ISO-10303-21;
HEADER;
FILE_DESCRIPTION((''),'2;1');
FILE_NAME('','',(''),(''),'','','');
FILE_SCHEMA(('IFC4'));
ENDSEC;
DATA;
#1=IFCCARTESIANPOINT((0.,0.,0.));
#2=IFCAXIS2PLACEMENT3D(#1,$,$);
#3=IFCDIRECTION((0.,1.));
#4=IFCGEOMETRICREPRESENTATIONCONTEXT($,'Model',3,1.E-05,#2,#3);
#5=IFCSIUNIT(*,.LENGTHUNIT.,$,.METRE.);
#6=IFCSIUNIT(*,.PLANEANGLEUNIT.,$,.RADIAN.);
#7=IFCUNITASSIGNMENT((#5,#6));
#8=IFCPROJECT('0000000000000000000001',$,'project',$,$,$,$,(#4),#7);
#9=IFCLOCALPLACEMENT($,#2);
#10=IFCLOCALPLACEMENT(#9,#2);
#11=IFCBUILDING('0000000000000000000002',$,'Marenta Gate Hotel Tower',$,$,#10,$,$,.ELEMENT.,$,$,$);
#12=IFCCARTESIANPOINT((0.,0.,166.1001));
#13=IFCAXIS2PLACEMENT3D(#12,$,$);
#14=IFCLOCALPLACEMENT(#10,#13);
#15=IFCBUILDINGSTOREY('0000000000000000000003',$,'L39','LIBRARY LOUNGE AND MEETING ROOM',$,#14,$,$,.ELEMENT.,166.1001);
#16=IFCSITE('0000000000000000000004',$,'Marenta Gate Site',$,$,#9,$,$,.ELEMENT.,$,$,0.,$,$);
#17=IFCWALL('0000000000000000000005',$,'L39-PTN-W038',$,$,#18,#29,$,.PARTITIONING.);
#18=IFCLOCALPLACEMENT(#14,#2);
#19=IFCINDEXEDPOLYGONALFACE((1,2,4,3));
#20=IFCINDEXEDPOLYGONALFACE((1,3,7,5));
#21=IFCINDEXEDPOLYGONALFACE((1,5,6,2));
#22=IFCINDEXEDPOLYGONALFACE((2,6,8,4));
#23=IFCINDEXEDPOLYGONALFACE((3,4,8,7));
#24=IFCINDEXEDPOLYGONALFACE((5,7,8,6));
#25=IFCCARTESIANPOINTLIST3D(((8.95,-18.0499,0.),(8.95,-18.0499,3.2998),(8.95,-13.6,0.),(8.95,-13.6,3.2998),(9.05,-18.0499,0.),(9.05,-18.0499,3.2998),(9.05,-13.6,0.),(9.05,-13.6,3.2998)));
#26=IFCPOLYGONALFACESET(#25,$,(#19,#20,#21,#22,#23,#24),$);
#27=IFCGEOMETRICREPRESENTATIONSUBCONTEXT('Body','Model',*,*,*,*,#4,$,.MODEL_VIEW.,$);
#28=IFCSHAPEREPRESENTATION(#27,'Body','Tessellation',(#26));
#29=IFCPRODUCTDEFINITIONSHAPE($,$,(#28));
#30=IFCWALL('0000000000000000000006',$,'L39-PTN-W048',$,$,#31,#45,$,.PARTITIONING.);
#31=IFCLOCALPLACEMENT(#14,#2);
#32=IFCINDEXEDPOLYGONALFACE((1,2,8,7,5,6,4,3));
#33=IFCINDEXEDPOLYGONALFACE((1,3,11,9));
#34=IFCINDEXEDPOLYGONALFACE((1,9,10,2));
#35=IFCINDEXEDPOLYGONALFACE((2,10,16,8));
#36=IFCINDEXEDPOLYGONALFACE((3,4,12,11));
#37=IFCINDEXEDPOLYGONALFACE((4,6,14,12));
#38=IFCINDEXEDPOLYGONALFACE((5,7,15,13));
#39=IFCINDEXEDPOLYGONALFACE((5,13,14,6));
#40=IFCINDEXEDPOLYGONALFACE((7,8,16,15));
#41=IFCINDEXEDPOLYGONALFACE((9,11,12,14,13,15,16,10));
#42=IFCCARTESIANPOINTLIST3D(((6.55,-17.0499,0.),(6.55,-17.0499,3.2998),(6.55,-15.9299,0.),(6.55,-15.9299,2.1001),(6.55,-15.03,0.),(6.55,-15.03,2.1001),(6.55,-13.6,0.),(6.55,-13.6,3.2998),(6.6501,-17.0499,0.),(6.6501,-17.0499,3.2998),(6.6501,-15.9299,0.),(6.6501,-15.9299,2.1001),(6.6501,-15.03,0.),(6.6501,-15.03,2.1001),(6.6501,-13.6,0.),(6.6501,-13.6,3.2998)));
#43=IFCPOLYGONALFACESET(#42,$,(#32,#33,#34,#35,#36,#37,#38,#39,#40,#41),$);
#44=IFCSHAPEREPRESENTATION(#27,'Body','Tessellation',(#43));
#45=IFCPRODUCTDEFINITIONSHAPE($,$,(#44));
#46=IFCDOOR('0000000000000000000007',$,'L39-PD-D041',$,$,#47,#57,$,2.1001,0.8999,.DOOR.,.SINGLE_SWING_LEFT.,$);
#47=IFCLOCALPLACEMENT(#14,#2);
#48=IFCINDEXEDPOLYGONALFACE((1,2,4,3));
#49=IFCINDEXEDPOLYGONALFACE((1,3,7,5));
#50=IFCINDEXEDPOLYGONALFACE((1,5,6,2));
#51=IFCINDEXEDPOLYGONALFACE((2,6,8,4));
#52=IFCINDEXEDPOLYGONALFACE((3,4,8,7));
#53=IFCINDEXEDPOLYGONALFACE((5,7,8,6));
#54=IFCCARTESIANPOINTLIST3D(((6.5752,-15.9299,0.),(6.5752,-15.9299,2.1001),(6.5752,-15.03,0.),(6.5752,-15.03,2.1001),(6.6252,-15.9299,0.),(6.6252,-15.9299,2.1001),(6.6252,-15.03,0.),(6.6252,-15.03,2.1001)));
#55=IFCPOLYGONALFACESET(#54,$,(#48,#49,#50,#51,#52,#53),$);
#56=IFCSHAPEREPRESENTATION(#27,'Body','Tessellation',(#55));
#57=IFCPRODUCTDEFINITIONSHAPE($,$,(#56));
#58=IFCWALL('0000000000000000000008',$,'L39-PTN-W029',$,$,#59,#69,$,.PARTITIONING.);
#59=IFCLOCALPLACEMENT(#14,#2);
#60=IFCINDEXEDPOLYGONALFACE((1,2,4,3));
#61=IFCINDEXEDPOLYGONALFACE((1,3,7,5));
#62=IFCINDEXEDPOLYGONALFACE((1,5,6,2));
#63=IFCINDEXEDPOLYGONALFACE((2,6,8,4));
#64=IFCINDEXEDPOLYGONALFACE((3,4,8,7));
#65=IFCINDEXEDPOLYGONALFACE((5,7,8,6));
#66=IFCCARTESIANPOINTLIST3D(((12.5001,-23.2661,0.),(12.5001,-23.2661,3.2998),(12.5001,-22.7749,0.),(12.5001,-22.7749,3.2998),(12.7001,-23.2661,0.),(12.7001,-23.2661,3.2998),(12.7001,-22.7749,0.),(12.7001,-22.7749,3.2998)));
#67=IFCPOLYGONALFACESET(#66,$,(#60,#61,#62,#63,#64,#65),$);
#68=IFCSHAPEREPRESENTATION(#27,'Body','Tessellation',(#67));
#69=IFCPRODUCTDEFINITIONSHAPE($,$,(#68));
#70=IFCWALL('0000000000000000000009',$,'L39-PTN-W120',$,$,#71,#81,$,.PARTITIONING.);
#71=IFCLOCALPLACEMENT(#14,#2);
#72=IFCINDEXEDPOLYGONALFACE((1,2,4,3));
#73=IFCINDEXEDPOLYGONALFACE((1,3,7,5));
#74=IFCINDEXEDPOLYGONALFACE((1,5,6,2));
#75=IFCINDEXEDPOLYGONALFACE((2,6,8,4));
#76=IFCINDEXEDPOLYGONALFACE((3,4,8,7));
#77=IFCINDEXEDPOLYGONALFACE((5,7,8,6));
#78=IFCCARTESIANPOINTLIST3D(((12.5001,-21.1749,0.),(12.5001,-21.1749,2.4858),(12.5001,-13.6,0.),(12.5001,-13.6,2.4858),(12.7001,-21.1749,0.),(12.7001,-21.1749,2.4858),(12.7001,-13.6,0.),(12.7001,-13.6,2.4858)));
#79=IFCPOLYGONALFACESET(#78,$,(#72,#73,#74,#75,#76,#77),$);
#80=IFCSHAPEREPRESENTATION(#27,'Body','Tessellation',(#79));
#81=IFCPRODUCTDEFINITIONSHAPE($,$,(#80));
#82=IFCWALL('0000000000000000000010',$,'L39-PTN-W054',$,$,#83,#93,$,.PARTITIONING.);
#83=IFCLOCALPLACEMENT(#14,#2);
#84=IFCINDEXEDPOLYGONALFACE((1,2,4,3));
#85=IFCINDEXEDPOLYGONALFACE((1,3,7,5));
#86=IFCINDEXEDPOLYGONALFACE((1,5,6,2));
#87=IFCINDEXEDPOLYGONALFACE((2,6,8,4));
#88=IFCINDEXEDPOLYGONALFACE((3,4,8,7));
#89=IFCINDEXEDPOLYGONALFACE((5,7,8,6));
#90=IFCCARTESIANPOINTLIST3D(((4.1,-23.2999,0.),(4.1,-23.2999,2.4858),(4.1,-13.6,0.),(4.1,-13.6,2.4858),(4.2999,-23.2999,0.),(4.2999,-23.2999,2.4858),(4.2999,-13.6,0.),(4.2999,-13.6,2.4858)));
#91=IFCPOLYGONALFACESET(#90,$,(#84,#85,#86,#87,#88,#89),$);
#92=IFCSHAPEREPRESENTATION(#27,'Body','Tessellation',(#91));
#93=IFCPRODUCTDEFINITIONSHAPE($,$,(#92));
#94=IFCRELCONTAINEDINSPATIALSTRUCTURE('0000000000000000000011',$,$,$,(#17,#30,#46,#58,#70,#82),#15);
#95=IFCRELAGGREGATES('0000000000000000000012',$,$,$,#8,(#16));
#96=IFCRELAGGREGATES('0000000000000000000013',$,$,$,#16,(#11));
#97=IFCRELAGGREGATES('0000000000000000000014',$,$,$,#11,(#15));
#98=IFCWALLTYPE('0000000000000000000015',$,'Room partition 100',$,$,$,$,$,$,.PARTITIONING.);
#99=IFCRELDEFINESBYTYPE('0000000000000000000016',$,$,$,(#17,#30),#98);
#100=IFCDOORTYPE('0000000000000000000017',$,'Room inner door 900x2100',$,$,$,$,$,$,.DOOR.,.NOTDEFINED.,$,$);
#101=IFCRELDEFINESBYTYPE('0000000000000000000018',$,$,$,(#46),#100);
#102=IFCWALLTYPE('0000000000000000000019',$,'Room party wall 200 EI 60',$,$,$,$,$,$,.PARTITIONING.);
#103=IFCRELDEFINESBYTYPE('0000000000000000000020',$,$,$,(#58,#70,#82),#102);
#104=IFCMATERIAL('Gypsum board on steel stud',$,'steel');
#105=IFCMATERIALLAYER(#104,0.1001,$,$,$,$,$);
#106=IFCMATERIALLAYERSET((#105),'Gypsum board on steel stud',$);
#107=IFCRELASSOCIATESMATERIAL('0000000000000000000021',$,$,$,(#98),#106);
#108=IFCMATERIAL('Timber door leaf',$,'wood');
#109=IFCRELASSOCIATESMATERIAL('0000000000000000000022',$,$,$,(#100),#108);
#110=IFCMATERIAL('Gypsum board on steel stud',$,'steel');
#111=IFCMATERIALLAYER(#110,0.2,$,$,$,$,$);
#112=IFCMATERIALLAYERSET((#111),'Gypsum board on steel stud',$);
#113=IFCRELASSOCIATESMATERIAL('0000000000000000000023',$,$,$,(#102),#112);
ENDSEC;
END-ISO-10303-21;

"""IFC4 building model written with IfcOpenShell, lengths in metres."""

from ifc_helpers import new_model, si_unit, direction, frame, frame_2d, origin, place, context, subcontext, project, spatial, rectangle, extrude, material, layer, layer_set, type_object, element, fill, save


model = new_model("IFC4")

# Units and contexts
model_context = context("Model", 3, precision=1e-05, world=origin(), true_north=direction((0.0, 1.0)))
body_context = subcontext(model_context, "Body", "Model", "MODEL_VIEW")
ifc_project = project(units=[si_unit("LENGTHUNIT", "METRE"), si_unit("PLANEANGLEUNIT", "RADIAN")], contexts=[model_context])

# Site, building, storey
site_placement = place(None, origin())
site = spatial("IfcSite", under=ifc_project, at=site_placement, Name="Marenta Gate Site", CompositionType="ELEMENT", RefElevation=0.0)
building_placement = place(site_placement, origin())
building = spatial("IfcBuilding", under=site, at=building_placement, Name="Marenta Gate Hotel Tower", CompositionType="ELEMENT")
storey_placement = place(building_placement, frame((0.0, 0.0, 166.1001)))
storey = spatial("IfcBuildingStorey", under=building, at=storey_placement, Name="L39", Description="LIBRARY LOUNGE AND MEETING ROOM", CompositionType="ELEMENT", Elevation=166.1001)

# Shared definitions
ifc_material_1 = material(Name="Gypsum board on steel stud", Category="steel")
ifc_layer_1 = layer(ifc_material_1, 0.1001)
ifc_layer_set_1 = layer_set([ifc_layer_1], Name="Gypsum board on steel stud")
wall_type_1 = type_object("IfcWallType", Name="Room partition 100", PredefinedType="PARTITIONING", material=ifc_layer_set_1)

# Wall
wall_1_placement = place(storey_placement, frame((9.0, -18.05, 0.0), z_axis=(0.0, 0.0, 1.0), x_axis=(0.0, 1.0, 0.0)))
element("IfcWall", 1, at=wall_1_placement, inside=storey, type_object=wall_type_1, Name="L39-PTN-W038", PredefinedType="PARTITIONING", context=body_context, shape_type="SweptSolid", body=[
    extrude(rectangle(XDim=4.45, YDim=0.1001, at=frame_2d((2.2251, 0.0))), origin(), (0.0, 0.0, 1.0), 3.2998),
])

# Wall, opening, door
wall_2_placement = place(storey_placement, frame((6.6001, -17.05, 0.0), z_axis=(0.0, 0.0, 1.0), x_axis=(0.0, 1.0, 0.0)))
wall_2 = element("IfcWall", 2, at=wall_2_placement, inside=storey, type_object=wall_type_1, Name="L39-PTN-W048", PredefinedType="PARTITIONING", context=body_context, shape_type="SweptSolid", body=[
    extrude(rectangle(XDim=3.45, YDim=0.1001, at=frame_2d((1.7251, 0.0))), origin(), (0.0, 0.0, 1.0), 3.2998),
])
opening_1_placement = place(wall_2_placement, frame((1.1201, 0.0, 0.0)))
opening_1 = element("IfcOpeningElement", 3, at=opening_1_placement, cuts=wall_2, PredefinedType="OPENING", context=body_context, shape_type="SweptSolid", body=[
    extrude(rectangle(XDim=0.8999, YDim=2.1001, at=frame_2d((0.45, 1.05))), frame((0.0, 0.05, 0.0), z_axis=(0.0, -1.0, 0.0), x_axis=(1.0, 0.0, 0.0)), (0.0, 0.0, 1.0), 0.1001),
])
ifc_material_2 = material(Name="Timber door leaf", Category="wood")
door_type_1 = type_object("IfcDoorType", Name="Room inner door 900x2100", OperationType="NOTDEFINED", PredefinedType="DOOR", material=ifc_material_2)
door_1_placement = place(opening_1_placement, origin())
door_1 = element("IfcDoor", 4, at=door_1_placement, inside=storey, type_object=door_type_1, Name="L39-PD-D041", OperationType="SINGLE_SWING_LEFT", OverallHeight=2.1001, OverallWidth=0.8999, PredefinedType="DOOR", context=body_context, shape_type="SweptSolid", body=[
    extrude(rectangle(XDim=0.8999, YDim=2.1001, at=frame_2d((0.45, 1.05))), frame((0.0, 0.0249, 0.0), z_axis=(0.0, -1.0, 0.0), x_axis=(1.0, 0.0, 0.0)), (0.0, 0.0, 1.0), 0.05),
])
fill(opening_1, door_1)

# Walls
ifc_material_3 = material(Name="Gypsum board on steel stud", Category="steel")
ifc_layer_2 = layer(ifc_material_3, 0.2)
ifc_layer_set_2 = layer_set([ifc_layer_2], Name="Gypsum board on steel stud")
wall_type_2 = type_object("IfcWallType", Name="Room party wall 200 EI 60", PredefinedType="PARTITIONING", material=ifc_layer_set_2)
wall_3_placement = place(storey_placement, frame((12.6001, -23.2661, 0.0), z_axis=(0.0, 0.0, 1.0), x_axis=(0.0, 1.0, 0.0)))
element("IfcWall", 5, at=wall_3_placement, inside=storey, type_object=wall_type_2, Name="L39-PTN-W029", PredefinedType="PARTITIONING", context=body_context, shape_type="SweptSolid", body=[
    extrude(rectangle(XDim=0.4912, YDim=0.2, at=frame_2d((0.2456, 0.0))), origin(), (0.0, 0.0, 1.0), 3.2998),
])
wall_4_placement = place(storey_placement, frame((12.6001, -21.175, 0.0), z_axis=(0.0, 0.0, 1.0), x_axis=(0.0, 1.0, 0.0)))
element("IfcWall", 6, at=wall_4_placement, inside=storey, type_object=wall_type_2, Name="L39-PTN-W120", PredefinedType="PARTITIONING", context=body_context, shape_type="SweptSolid", body=[
    extrude(rectangle(XDim=7.575, YDim=0.2, at=frame_2d((3.7876, 0.0))), origin(), (0.0, 0.0, 1.0), 2.4858),
])
wall_5_placement = place(storey_placement, frame((4.2, -23.3, 0.0), z_axis=(0.0, 0.0, 1.0), x_axis=(0.0, 1.0, 0.0)))
element("IfcWall", 7, at=wall_5_placement, inside=storey, type_object=wall_type_2, Name="L39-PTN-W054", PredefinedType="PARTITIONING", context=body_context, shape_type="SweptSolid", body=[
    extrude(rectangle(XDim=9.7, YDim=0.2, at=frame_2d((4.8501, 0.0))), origin(), (0.0, 0.0, 1.0), 2.4858),
])

save(model, "model.ifc")
